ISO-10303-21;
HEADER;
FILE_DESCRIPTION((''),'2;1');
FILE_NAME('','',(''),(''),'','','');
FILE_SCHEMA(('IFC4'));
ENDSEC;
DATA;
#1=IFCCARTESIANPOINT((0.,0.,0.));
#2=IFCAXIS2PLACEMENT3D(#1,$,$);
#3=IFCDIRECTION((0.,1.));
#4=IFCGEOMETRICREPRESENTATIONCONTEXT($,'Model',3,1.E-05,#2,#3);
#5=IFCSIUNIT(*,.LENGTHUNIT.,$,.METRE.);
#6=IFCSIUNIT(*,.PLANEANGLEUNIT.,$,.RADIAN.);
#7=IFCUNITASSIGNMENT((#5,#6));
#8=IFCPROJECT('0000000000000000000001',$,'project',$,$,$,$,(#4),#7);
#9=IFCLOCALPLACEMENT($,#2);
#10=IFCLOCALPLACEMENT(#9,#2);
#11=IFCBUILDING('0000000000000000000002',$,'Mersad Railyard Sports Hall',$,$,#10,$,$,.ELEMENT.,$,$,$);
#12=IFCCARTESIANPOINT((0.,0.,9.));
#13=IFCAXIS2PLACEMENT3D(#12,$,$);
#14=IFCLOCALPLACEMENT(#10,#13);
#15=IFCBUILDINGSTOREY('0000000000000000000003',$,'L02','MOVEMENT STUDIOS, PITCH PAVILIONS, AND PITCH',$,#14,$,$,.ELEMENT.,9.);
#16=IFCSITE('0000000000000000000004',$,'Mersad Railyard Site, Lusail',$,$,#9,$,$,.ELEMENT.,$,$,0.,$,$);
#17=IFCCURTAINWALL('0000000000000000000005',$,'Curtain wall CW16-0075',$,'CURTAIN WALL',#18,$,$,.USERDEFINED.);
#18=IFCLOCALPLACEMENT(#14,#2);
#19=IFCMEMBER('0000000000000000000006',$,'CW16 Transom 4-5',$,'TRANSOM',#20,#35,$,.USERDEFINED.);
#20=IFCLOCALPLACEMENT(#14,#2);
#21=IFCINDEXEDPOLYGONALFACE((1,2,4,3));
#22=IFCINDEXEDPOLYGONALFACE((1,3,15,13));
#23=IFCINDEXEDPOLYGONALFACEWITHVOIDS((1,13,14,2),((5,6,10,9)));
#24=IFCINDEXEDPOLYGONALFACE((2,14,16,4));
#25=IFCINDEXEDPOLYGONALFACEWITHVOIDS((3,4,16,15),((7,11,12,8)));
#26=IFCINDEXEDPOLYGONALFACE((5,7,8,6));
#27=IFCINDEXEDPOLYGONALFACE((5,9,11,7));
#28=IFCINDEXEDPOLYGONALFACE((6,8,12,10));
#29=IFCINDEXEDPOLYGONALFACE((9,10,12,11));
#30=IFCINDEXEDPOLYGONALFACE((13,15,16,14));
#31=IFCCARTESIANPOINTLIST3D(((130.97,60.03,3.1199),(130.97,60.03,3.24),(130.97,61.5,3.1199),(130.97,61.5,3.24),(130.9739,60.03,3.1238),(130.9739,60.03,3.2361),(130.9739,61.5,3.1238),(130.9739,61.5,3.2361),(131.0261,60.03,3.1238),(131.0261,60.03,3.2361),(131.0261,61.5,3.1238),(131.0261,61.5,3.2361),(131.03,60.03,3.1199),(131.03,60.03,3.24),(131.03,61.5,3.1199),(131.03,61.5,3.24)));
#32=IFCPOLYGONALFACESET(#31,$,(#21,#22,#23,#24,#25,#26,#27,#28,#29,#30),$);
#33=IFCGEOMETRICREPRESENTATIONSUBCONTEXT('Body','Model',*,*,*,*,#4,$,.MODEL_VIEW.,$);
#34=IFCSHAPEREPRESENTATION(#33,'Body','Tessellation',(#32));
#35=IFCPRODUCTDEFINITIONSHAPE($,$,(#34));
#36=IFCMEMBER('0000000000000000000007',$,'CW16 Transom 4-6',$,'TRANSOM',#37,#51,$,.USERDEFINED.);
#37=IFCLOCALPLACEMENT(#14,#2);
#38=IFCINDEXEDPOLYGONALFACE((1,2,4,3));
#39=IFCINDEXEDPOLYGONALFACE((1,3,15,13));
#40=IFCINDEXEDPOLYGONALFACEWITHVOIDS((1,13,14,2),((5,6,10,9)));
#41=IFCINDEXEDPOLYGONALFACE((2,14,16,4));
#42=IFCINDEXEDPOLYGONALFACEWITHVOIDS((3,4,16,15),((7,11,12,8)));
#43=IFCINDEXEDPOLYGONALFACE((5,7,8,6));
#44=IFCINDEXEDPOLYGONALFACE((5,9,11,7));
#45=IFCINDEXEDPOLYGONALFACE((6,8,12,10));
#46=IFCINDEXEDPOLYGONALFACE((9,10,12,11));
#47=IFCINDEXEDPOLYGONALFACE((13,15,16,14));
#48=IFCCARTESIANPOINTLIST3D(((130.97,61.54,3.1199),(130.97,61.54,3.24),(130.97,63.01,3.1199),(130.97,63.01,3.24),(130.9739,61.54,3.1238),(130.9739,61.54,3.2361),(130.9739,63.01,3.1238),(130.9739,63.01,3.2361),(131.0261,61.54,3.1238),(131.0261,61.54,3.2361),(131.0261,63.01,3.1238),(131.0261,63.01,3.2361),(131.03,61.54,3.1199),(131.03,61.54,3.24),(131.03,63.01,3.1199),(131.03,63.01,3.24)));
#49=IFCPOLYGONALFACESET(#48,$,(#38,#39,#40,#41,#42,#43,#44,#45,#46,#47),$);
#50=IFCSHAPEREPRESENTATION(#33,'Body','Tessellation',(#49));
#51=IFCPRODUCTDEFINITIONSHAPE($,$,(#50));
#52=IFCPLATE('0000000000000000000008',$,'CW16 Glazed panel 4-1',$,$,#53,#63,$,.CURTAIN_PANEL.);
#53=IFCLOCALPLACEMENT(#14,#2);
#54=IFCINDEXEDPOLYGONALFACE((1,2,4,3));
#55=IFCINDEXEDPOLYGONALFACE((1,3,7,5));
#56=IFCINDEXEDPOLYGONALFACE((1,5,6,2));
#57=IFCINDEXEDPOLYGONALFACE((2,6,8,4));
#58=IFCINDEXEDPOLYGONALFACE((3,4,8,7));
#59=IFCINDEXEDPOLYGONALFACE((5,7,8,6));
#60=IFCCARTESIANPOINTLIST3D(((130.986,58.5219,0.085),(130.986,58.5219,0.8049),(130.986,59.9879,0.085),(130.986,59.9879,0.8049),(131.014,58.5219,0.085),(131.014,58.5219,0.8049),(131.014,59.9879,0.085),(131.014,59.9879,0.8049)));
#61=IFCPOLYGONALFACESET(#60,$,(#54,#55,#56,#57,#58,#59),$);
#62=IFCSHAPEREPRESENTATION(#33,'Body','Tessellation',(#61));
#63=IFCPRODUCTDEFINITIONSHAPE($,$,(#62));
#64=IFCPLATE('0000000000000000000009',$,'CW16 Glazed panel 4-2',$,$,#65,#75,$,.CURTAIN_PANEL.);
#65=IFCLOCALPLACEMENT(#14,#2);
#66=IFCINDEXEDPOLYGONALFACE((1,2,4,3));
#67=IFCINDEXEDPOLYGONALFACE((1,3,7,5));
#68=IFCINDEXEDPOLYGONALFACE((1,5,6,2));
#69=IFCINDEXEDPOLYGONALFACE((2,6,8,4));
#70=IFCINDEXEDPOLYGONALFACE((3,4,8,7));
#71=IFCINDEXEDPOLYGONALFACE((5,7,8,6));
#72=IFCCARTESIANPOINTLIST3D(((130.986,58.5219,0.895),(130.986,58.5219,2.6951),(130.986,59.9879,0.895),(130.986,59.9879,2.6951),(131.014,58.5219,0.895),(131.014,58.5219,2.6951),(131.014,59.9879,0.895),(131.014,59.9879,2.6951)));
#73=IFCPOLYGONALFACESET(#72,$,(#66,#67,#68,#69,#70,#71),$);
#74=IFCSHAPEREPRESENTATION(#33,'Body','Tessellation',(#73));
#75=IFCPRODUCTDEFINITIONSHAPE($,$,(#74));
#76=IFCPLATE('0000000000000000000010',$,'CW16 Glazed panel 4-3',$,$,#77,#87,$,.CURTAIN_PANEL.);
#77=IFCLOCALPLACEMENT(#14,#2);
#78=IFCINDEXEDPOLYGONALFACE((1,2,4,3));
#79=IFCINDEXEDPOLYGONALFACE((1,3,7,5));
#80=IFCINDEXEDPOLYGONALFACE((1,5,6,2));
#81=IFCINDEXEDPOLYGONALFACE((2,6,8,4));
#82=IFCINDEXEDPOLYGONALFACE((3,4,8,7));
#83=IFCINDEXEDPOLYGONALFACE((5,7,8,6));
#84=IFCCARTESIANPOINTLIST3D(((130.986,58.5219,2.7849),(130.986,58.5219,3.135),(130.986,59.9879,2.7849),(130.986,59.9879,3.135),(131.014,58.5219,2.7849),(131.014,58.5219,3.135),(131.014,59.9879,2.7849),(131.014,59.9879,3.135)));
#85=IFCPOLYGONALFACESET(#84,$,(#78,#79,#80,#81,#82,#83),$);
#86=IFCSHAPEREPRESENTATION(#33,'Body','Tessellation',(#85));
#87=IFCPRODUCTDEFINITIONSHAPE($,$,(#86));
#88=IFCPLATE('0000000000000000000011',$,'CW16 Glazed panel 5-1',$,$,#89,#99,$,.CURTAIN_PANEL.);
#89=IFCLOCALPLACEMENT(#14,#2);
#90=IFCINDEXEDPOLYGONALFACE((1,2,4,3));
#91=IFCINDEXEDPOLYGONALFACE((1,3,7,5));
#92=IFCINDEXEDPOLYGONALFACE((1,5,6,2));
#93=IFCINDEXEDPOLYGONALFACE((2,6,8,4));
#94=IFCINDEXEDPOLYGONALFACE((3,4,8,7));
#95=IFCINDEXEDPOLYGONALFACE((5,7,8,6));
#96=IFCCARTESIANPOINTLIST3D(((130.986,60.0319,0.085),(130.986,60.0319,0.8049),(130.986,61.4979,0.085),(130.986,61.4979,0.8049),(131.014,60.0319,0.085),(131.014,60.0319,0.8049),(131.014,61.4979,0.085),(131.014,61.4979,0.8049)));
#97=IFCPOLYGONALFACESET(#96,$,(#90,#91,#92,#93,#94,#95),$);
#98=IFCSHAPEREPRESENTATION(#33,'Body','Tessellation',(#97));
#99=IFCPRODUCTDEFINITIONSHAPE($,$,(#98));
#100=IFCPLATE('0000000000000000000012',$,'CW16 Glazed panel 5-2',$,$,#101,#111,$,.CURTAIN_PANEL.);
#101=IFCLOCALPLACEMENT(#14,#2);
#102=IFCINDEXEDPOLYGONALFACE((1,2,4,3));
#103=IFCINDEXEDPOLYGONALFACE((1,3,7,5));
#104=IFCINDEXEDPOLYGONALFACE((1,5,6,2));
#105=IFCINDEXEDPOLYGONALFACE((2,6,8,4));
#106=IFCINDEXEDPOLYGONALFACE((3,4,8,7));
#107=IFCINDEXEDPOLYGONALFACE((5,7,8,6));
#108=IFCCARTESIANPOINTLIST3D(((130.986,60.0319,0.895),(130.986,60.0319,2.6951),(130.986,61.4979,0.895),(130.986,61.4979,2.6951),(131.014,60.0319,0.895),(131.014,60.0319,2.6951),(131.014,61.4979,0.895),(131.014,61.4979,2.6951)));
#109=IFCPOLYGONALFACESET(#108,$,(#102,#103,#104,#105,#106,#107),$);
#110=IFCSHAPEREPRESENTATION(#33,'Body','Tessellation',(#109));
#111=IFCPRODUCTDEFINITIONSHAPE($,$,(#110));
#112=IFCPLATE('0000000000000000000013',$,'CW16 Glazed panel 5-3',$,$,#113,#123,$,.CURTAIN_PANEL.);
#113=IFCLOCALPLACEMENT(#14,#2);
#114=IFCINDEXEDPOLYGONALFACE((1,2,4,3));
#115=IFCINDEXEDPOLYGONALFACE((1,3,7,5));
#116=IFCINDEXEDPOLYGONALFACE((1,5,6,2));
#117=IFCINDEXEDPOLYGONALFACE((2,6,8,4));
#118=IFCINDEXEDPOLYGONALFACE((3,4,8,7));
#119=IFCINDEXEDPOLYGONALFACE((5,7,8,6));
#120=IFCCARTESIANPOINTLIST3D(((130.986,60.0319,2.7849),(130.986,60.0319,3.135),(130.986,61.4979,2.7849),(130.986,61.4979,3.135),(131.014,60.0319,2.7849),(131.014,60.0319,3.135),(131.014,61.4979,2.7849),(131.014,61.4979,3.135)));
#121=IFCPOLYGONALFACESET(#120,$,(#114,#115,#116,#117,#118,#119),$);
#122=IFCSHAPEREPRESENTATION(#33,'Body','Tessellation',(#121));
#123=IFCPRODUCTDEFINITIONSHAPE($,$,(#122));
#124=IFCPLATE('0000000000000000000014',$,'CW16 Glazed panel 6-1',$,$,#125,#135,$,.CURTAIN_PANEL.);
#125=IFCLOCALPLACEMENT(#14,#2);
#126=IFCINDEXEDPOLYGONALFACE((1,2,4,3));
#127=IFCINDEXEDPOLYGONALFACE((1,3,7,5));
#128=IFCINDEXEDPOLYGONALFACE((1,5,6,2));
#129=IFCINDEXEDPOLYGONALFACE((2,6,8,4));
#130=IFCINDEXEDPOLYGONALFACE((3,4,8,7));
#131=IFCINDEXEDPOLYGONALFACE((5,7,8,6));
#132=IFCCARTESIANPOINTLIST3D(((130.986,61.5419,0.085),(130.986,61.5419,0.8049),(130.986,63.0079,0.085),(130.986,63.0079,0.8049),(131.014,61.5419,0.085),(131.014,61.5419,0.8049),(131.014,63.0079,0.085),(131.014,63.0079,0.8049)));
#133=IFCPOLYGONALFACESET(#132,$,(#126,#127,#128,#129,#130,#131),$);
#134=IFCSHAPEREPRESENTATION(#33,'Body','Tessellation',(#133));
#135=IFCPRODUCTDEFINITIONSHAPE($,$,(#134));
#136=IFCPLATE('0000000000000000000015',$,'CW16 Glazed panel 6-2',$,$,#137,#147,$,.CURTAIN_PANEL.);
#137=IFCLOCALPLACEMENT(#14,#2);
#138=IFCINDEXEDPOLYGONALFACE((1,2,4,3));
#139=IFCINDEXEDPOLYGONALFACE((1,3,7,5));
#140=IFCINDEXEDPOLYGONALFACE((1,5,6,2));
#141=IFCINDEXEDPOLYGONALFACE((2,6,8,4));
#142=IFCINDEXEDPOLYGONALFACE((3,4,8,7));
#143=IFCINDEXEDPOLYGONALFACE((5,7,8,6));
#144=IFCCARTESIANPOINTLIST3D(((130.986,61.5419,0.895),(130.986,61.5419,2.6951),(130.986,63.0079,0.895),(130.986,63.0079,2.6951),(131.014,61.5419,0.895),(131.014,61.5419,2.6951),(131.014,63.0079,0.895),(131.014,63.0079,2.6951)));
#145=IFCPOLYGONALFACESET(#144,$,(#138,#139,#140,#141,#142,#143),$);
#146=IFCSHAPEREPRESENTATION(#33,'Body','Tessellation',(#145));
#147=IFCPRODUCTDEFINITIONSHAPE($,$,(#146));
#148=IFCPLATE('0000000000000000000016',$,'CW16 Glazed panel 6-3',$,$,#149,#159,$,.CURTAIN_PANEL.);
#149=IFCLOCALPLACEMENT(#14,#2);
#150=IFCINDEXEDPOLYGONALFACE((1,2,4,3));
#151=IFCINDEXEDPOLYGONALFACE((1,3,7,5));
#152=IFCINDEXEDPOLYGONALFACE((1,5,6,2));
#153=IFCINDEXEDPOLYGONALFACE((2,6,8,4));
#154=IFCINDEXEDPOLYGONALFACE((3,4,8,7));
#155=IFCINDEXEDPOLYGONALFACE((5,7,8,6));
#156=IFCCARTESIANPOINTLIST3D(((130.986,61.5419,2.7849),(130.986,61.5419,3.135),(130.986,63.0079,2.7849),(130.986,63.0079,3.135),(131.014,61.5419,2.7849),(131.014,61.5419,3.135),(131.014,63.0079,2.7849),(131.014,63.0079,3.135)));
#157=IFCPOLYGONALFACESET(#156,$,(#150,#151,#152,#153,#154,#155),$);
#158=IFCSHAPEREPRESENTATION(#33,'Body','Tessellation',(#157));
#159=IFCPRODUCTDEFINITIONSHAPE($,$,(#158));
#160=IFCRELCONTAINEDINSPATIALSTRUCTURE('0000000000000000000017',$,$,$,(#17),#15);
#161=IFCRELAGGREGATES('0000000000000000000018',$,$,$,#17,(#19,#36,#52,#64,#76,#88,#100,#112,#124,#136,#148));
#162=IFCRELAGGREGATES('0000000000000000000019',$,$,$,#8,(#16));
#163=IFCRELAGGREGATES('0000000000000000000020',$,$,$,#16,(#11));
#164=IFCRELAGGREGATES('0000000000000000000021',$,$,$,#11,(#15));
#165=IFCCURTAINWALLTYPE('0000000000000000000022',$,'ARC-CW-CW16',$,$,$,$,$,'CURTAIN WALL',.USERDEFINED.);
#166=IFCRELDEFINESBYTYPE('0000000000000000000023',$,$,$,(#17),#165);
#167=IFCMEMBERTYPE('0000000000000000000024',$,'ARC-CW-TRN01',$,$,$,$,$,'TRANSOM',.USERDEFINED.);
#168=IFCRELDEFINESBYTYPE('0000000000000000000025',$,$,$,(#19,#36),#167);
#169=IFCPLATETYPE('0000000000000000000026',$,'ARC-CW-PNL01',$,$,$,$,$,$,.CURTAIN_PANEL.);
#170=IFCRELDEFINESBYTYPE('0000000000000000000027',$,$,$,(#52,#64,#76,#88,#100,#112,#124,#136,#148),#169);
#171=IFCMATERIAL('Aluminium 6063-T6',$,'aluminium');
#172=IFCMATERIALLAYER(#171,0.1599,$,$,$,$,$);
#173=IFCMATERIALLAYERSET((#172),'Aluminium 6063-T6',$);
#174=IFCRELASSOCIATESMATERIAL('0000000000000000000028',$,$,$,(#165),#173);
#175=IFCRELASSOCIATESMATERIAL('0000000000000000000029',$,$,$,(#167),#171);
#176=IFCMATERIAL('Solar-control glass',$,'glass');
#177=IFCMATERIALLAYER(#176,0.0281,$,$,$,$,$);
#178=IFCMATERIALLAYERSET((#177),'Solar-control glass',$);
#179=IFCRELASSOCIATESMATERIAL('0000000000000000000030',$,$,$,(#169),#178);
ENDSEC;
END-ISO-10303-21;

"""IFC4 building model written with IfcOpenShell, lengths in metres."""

from ifc_helpers import new_model, si_unit, direction, frame, origin, origin_2d, place, context, subcontext, project, spatial, rectangle, hollow_rectangle, extrude, material, layer, layer_set, material_profile, profile_set, type_object, element, aggregate, save


model = new_model("IFC4")

# Units and contexts
model_context = context("Model", 3, precision=1e-05, world=origin(), true_north=direction((0.0, 1.0)))
body_context = subcontext(model_context, "Body", "Model", "MODEL_VIEW")
ifc_project = project(units=[si_unit("LENGTHUNIT", "METRE"), si_unit("PLANEANGLEUNIT", "RADIAN")], contexts=[model_context])

# Site, building, storey
site_placement = place(None, origin())
site = spatial("IfcSite", under=ifc_project, at=site_placement, Name="Mersad Railyard Site, Lusail", CompositionType="ELEMENT", RefElevation=0.0)
building_placement = place(site_placement, origin())
building = spatial("IfcBuilding", under=site, at=building_placement, Name="Mersad Railyard Sports Hall", CompositionType="ELEMENT")
storey_placement = place(building_placement, frame((0.0, 0.0, 9.0)))
storey = spatial("IfcBuildingStorey", under=building, at=storey_placement, Name="L02", Description="MOVEMENT STUDIOS, PITCH PAVILIONS, AND PITCH", CompositionType="ELEMENT", Elevation=9.0)

# Curtain wall, members, plates
ifc_material_1 = material(Name="Aluminium 6063-T6", Category="aluminium")
ifc_layer_1 = layer(ifc_material_1, 0.1599)
ifc_layer_set_1 = layer_set([ifc_layer_1], Name="Aluminium 6063-T6")
curtain_wall_type = type_object("IfcCurtainWallType", Name="ARC-CW-CW16", ElementType="CURTAIN WALL", PredefinedType="USERDEFINED", material=ifc_layer_set_1)
curtain_wall_placement = place(storey_placement, origin())
curtain_wall = element("IfcCurtainWall", 1, at=curtain_wall_placement, inside=storey, type_object=curtain_wall_type, Name="Curtain wall CW16-0075", ObjectType="CURTAIN WALL", PredefinedType="USERDEFINED")
ifc_material_profile_1 = material_profile(ifc_material_1, hollow_rectangle(XDim=0.0601, YDim=0.1201, WallThickness=0.0039, at=origin_2d()), Name="AL TRANSOM 60x120x4")
ifc_profile_set_1 = profile_set([ifc_material_profile_1], Name="Aluminium 6063-T6")
member_type_1 = type_object("IfcMemberType", Name="ARC-CW-TRN01", ElementType="TRANSOM", PredefinedType="USERDEFINED", material=ifc_profile_set_1)
member_1_placement = place(storey_placement, frame((131.0, 60.03, 3.1799), z_axis=(0.0, 1.0, 0.0), x_axis=(-1.0, 0.0, 0.0)))
member_1 = element("IfcMember", 2, at=member_1_placement, type_object=member_type_1, Name="CW16 Transom 4-5", ObjectType="TRANSOM", PredefinedType="USERDEFINED", context=body_context, shape_type="SweptSolid", body=[
    extrude(hollow_rectangle(XDim=0.0601, YDim=0.1201, WallThickness=0.0039, at=origin_2d()), origin(), (0.0, 0.0, 1.0), 1.47),
])
member_2_placement = place(storey_placement, frame((131.0, 61.54, 3.1799), z_axis=(0.0, 1.0, 0.0), x_axis=(-1.0, 0.0, 0.0)))
member_2 = element("IfcMember", 3, at=member_2_placement, type_object=member_type_1, Name="CW16 Transom 4-6", ObjectType="TRANSOM", PredefinedType="USERDEFINED", context=body_context, shape_type="SweptSolid", body=[
    extrude(hollow_rectangle(XDim=0.0601, YDim=0.1201, WallThickness=0.0039, at=origin_2d()), origin(), (0.0, 0.0, 1.0), 1.47),
])
ifc_material_2 = material(Name="Solar-control glass", Category="glass")
ifc_layer_2 = layer(ifc_material_2, 0.0281)
ifc_layer_set_2 = layer_set([ifc_layer_2], Name="Solar-control glass")
plate_type = type_object("IfcPlateType", Name="ARC-CW-PNL01", PredefinedType="CURTAIN_PANEL", material=ifc_layer_set_2)
plate_1_placement = place(storey_placement, frame((131.0, 59.2549, 0.085), z_axis=(0.0, 0.0, 1.0), x_axis=(0.0, 1.0, 0.0)))
plate_1 = element("IfcPlate", 4, at=plate_1_placement, type_object=plate_type, Name="CW16 Glazed panel 4-1", PredefinedType="CURTAIN_PANEL", context=body_context, shape_type="SweptSolid", body=[
    extrude(rectangle(XDim=1.4661, YDim=0.0281, at=origin_2d()), origin(), (0.0, 0.0, 1.0), 0.72),
])
plate_2_placement = place(storey_placement, frame((131.0, 59.2549, 0.895), z_axis=(0.0, 0.0, 1.0), x_axis=(0.0, 1.0, 0.0)))
plate_2 = element("IfcPlate", 5, at=plate_2_placement, type_object=plate_type, Name="CW16 Glazed panel 4-2", PredefinedType="CURTAIN_PANEL", context=body_context, shape_type="SweptSolid", body=[
    extrude(rectangle(XDim=1.4661, YDim=0.0281, at=origin_2d()), origin(), (0.0, 0.0, 1.0), 1.8),
])
plate_3_placement = place(storey_placement, frame((131.0, 59.2549, 2.7849), z_axis=(0.0, 0.0, 1.0), x_axis=(0.0, 1.0, 0.0)))
plate_3 = element("IfcPlate", 6, at=plate_3_placement, type_object=plate_type, Name="CW16 Glazed panel 4-3", PredefinedType="CURTAIN_PANEL", context=body_context, shape_type="SweptSolid", body=[
    extrude(rectangle(XDim=1.4661, YDim=0.0281, at=origin_2d()), origin(), (0.0, 0.0, 1.0), 0.3501),
])
plate_4_placement = place(storey_placement, frame((131.0, 60.7649, 0.085), z_axis=(0.0, 0.0, 1.0), x_axis=(0.0, 1.0, 0.0)))
plate_4 = element("IfcPlate", 7, at=plate_4_placement, type_object=plate_type, Name="CW16 Glazed panel 5-1", PredefinedType="CURTAIN_PANEL", context=body_context, shape_type="SweptSolid", body=[
    extrude(rectangle(XDim=1.4661, YDim=0.0281, at=origin_2d()), origin(), (0.0, 0.0, 1.0), 0.72),
])
plate_5_placement = place(storey_placement, frame((131.0, 60.7649, 0.895), z_axis=(0.0, 0.0, 1.0), x_axis=(0.0, 1.0, 0.0)))
plate_5 = element("IfcPlate", 8, at=plate_5_placement, type_object=plate_type, Name="CW16 Glazed panel 5-2", PredefinedType="CURTAIN_PANEL", context=body_context, shape_type="SweptSolid", body=[
    extrude(rectangle(XDim=1.4661, YDim=0.0281, at=origin_2d()), origin(), (0.0, 0.0, 1.0), 1.8),
])
plate_6_placement = place(storey_placement, frame((131.0, 60.7649, 2.7849), z_axis=(0.0, 0.0, 1.0), x_axis=(0.0, 1.0, 0.0)))
plate_6 = element("IfcPlate", 9, at=plate_6_placement, type_object=plate_type, Name="CW16 Glazed panel 5-3", PredefinedType="CURTAIN_PANEL", context=body_context, shape_type="SweptSolid", body=[
    extrude(rectangle(XDim=1.4661, YDim=0.0281, at=origin_2d()), origin(), (0.0, 0.0, 1.0), 0.3501),
])
plate_7_placement = place(storey_placement, frame((131.0, 62.2749, 0.085), z_axis=(0.0, 0.0, 1.0), x_axis=(0.0, 1.0, 0.0)))
plate_7 = element("IfcPlate", 10, at=plate_7_placement, type_object=plate_type, Name="CW16 Glazed panel 6-1", PredefinedType="CURTAIN_PANEL", context=body_context, shape_type="SweptSolid", body=[
    extrude(rectangle(XDim=1.4661, YDim=0.0281, at=origin_2d()), origin(), (0.0, 0.0, 1.0), 0.72),
])
plate_8_placement = place(storey_placement, frame((131.0, 62.2749, 0.895), z_axis=(0.0, 0.0, 1.0), x_axis=(0.0, 1.0, 0.0)))
plate_8 = element("IfcPlate", 11, at=plate_8_placement, type_object=plate_type, Name="CW16 Glazed panel 6-2", PredefinedType="CURTAIN_PANEL", context=body_context, shape_type="SweptSolid", body=[
    extrude(rectangle(XDim=1.4661, YDim=0.0281, at=origin_2d()), origin(), (0.0, 0.0, 1.0), 1.8),
])
plate_9_placement = place(storey_placement, frame((131.0, 62.2749, 2.7849), z_axis=(0.0, 0.0, 1.0), x_axis=(0.0, 1.0, 0.0)))
plate_9 = element("IfcPlate", 12, at=plate_9_placement, type_object=plate_type, Name="CW16 Glazed panel 6-3", PredefinedType="CURTAIN_PANEL", context=body_context, shape_type="SweptSolid", body=[
    extrude(rectangle(XDim=1.4661, YDim=0.0281, at=origin_2d()), origin(), (0.0, 0.0, 1.0), 0.3501),
])
aggregate(curtain_wall, [member_1, member_2, plate_1, plate_2, plate_3, plate_4, plate_5, plate_6, plate_7, plate_8, plate_9])

save(model, "model.ifc")
